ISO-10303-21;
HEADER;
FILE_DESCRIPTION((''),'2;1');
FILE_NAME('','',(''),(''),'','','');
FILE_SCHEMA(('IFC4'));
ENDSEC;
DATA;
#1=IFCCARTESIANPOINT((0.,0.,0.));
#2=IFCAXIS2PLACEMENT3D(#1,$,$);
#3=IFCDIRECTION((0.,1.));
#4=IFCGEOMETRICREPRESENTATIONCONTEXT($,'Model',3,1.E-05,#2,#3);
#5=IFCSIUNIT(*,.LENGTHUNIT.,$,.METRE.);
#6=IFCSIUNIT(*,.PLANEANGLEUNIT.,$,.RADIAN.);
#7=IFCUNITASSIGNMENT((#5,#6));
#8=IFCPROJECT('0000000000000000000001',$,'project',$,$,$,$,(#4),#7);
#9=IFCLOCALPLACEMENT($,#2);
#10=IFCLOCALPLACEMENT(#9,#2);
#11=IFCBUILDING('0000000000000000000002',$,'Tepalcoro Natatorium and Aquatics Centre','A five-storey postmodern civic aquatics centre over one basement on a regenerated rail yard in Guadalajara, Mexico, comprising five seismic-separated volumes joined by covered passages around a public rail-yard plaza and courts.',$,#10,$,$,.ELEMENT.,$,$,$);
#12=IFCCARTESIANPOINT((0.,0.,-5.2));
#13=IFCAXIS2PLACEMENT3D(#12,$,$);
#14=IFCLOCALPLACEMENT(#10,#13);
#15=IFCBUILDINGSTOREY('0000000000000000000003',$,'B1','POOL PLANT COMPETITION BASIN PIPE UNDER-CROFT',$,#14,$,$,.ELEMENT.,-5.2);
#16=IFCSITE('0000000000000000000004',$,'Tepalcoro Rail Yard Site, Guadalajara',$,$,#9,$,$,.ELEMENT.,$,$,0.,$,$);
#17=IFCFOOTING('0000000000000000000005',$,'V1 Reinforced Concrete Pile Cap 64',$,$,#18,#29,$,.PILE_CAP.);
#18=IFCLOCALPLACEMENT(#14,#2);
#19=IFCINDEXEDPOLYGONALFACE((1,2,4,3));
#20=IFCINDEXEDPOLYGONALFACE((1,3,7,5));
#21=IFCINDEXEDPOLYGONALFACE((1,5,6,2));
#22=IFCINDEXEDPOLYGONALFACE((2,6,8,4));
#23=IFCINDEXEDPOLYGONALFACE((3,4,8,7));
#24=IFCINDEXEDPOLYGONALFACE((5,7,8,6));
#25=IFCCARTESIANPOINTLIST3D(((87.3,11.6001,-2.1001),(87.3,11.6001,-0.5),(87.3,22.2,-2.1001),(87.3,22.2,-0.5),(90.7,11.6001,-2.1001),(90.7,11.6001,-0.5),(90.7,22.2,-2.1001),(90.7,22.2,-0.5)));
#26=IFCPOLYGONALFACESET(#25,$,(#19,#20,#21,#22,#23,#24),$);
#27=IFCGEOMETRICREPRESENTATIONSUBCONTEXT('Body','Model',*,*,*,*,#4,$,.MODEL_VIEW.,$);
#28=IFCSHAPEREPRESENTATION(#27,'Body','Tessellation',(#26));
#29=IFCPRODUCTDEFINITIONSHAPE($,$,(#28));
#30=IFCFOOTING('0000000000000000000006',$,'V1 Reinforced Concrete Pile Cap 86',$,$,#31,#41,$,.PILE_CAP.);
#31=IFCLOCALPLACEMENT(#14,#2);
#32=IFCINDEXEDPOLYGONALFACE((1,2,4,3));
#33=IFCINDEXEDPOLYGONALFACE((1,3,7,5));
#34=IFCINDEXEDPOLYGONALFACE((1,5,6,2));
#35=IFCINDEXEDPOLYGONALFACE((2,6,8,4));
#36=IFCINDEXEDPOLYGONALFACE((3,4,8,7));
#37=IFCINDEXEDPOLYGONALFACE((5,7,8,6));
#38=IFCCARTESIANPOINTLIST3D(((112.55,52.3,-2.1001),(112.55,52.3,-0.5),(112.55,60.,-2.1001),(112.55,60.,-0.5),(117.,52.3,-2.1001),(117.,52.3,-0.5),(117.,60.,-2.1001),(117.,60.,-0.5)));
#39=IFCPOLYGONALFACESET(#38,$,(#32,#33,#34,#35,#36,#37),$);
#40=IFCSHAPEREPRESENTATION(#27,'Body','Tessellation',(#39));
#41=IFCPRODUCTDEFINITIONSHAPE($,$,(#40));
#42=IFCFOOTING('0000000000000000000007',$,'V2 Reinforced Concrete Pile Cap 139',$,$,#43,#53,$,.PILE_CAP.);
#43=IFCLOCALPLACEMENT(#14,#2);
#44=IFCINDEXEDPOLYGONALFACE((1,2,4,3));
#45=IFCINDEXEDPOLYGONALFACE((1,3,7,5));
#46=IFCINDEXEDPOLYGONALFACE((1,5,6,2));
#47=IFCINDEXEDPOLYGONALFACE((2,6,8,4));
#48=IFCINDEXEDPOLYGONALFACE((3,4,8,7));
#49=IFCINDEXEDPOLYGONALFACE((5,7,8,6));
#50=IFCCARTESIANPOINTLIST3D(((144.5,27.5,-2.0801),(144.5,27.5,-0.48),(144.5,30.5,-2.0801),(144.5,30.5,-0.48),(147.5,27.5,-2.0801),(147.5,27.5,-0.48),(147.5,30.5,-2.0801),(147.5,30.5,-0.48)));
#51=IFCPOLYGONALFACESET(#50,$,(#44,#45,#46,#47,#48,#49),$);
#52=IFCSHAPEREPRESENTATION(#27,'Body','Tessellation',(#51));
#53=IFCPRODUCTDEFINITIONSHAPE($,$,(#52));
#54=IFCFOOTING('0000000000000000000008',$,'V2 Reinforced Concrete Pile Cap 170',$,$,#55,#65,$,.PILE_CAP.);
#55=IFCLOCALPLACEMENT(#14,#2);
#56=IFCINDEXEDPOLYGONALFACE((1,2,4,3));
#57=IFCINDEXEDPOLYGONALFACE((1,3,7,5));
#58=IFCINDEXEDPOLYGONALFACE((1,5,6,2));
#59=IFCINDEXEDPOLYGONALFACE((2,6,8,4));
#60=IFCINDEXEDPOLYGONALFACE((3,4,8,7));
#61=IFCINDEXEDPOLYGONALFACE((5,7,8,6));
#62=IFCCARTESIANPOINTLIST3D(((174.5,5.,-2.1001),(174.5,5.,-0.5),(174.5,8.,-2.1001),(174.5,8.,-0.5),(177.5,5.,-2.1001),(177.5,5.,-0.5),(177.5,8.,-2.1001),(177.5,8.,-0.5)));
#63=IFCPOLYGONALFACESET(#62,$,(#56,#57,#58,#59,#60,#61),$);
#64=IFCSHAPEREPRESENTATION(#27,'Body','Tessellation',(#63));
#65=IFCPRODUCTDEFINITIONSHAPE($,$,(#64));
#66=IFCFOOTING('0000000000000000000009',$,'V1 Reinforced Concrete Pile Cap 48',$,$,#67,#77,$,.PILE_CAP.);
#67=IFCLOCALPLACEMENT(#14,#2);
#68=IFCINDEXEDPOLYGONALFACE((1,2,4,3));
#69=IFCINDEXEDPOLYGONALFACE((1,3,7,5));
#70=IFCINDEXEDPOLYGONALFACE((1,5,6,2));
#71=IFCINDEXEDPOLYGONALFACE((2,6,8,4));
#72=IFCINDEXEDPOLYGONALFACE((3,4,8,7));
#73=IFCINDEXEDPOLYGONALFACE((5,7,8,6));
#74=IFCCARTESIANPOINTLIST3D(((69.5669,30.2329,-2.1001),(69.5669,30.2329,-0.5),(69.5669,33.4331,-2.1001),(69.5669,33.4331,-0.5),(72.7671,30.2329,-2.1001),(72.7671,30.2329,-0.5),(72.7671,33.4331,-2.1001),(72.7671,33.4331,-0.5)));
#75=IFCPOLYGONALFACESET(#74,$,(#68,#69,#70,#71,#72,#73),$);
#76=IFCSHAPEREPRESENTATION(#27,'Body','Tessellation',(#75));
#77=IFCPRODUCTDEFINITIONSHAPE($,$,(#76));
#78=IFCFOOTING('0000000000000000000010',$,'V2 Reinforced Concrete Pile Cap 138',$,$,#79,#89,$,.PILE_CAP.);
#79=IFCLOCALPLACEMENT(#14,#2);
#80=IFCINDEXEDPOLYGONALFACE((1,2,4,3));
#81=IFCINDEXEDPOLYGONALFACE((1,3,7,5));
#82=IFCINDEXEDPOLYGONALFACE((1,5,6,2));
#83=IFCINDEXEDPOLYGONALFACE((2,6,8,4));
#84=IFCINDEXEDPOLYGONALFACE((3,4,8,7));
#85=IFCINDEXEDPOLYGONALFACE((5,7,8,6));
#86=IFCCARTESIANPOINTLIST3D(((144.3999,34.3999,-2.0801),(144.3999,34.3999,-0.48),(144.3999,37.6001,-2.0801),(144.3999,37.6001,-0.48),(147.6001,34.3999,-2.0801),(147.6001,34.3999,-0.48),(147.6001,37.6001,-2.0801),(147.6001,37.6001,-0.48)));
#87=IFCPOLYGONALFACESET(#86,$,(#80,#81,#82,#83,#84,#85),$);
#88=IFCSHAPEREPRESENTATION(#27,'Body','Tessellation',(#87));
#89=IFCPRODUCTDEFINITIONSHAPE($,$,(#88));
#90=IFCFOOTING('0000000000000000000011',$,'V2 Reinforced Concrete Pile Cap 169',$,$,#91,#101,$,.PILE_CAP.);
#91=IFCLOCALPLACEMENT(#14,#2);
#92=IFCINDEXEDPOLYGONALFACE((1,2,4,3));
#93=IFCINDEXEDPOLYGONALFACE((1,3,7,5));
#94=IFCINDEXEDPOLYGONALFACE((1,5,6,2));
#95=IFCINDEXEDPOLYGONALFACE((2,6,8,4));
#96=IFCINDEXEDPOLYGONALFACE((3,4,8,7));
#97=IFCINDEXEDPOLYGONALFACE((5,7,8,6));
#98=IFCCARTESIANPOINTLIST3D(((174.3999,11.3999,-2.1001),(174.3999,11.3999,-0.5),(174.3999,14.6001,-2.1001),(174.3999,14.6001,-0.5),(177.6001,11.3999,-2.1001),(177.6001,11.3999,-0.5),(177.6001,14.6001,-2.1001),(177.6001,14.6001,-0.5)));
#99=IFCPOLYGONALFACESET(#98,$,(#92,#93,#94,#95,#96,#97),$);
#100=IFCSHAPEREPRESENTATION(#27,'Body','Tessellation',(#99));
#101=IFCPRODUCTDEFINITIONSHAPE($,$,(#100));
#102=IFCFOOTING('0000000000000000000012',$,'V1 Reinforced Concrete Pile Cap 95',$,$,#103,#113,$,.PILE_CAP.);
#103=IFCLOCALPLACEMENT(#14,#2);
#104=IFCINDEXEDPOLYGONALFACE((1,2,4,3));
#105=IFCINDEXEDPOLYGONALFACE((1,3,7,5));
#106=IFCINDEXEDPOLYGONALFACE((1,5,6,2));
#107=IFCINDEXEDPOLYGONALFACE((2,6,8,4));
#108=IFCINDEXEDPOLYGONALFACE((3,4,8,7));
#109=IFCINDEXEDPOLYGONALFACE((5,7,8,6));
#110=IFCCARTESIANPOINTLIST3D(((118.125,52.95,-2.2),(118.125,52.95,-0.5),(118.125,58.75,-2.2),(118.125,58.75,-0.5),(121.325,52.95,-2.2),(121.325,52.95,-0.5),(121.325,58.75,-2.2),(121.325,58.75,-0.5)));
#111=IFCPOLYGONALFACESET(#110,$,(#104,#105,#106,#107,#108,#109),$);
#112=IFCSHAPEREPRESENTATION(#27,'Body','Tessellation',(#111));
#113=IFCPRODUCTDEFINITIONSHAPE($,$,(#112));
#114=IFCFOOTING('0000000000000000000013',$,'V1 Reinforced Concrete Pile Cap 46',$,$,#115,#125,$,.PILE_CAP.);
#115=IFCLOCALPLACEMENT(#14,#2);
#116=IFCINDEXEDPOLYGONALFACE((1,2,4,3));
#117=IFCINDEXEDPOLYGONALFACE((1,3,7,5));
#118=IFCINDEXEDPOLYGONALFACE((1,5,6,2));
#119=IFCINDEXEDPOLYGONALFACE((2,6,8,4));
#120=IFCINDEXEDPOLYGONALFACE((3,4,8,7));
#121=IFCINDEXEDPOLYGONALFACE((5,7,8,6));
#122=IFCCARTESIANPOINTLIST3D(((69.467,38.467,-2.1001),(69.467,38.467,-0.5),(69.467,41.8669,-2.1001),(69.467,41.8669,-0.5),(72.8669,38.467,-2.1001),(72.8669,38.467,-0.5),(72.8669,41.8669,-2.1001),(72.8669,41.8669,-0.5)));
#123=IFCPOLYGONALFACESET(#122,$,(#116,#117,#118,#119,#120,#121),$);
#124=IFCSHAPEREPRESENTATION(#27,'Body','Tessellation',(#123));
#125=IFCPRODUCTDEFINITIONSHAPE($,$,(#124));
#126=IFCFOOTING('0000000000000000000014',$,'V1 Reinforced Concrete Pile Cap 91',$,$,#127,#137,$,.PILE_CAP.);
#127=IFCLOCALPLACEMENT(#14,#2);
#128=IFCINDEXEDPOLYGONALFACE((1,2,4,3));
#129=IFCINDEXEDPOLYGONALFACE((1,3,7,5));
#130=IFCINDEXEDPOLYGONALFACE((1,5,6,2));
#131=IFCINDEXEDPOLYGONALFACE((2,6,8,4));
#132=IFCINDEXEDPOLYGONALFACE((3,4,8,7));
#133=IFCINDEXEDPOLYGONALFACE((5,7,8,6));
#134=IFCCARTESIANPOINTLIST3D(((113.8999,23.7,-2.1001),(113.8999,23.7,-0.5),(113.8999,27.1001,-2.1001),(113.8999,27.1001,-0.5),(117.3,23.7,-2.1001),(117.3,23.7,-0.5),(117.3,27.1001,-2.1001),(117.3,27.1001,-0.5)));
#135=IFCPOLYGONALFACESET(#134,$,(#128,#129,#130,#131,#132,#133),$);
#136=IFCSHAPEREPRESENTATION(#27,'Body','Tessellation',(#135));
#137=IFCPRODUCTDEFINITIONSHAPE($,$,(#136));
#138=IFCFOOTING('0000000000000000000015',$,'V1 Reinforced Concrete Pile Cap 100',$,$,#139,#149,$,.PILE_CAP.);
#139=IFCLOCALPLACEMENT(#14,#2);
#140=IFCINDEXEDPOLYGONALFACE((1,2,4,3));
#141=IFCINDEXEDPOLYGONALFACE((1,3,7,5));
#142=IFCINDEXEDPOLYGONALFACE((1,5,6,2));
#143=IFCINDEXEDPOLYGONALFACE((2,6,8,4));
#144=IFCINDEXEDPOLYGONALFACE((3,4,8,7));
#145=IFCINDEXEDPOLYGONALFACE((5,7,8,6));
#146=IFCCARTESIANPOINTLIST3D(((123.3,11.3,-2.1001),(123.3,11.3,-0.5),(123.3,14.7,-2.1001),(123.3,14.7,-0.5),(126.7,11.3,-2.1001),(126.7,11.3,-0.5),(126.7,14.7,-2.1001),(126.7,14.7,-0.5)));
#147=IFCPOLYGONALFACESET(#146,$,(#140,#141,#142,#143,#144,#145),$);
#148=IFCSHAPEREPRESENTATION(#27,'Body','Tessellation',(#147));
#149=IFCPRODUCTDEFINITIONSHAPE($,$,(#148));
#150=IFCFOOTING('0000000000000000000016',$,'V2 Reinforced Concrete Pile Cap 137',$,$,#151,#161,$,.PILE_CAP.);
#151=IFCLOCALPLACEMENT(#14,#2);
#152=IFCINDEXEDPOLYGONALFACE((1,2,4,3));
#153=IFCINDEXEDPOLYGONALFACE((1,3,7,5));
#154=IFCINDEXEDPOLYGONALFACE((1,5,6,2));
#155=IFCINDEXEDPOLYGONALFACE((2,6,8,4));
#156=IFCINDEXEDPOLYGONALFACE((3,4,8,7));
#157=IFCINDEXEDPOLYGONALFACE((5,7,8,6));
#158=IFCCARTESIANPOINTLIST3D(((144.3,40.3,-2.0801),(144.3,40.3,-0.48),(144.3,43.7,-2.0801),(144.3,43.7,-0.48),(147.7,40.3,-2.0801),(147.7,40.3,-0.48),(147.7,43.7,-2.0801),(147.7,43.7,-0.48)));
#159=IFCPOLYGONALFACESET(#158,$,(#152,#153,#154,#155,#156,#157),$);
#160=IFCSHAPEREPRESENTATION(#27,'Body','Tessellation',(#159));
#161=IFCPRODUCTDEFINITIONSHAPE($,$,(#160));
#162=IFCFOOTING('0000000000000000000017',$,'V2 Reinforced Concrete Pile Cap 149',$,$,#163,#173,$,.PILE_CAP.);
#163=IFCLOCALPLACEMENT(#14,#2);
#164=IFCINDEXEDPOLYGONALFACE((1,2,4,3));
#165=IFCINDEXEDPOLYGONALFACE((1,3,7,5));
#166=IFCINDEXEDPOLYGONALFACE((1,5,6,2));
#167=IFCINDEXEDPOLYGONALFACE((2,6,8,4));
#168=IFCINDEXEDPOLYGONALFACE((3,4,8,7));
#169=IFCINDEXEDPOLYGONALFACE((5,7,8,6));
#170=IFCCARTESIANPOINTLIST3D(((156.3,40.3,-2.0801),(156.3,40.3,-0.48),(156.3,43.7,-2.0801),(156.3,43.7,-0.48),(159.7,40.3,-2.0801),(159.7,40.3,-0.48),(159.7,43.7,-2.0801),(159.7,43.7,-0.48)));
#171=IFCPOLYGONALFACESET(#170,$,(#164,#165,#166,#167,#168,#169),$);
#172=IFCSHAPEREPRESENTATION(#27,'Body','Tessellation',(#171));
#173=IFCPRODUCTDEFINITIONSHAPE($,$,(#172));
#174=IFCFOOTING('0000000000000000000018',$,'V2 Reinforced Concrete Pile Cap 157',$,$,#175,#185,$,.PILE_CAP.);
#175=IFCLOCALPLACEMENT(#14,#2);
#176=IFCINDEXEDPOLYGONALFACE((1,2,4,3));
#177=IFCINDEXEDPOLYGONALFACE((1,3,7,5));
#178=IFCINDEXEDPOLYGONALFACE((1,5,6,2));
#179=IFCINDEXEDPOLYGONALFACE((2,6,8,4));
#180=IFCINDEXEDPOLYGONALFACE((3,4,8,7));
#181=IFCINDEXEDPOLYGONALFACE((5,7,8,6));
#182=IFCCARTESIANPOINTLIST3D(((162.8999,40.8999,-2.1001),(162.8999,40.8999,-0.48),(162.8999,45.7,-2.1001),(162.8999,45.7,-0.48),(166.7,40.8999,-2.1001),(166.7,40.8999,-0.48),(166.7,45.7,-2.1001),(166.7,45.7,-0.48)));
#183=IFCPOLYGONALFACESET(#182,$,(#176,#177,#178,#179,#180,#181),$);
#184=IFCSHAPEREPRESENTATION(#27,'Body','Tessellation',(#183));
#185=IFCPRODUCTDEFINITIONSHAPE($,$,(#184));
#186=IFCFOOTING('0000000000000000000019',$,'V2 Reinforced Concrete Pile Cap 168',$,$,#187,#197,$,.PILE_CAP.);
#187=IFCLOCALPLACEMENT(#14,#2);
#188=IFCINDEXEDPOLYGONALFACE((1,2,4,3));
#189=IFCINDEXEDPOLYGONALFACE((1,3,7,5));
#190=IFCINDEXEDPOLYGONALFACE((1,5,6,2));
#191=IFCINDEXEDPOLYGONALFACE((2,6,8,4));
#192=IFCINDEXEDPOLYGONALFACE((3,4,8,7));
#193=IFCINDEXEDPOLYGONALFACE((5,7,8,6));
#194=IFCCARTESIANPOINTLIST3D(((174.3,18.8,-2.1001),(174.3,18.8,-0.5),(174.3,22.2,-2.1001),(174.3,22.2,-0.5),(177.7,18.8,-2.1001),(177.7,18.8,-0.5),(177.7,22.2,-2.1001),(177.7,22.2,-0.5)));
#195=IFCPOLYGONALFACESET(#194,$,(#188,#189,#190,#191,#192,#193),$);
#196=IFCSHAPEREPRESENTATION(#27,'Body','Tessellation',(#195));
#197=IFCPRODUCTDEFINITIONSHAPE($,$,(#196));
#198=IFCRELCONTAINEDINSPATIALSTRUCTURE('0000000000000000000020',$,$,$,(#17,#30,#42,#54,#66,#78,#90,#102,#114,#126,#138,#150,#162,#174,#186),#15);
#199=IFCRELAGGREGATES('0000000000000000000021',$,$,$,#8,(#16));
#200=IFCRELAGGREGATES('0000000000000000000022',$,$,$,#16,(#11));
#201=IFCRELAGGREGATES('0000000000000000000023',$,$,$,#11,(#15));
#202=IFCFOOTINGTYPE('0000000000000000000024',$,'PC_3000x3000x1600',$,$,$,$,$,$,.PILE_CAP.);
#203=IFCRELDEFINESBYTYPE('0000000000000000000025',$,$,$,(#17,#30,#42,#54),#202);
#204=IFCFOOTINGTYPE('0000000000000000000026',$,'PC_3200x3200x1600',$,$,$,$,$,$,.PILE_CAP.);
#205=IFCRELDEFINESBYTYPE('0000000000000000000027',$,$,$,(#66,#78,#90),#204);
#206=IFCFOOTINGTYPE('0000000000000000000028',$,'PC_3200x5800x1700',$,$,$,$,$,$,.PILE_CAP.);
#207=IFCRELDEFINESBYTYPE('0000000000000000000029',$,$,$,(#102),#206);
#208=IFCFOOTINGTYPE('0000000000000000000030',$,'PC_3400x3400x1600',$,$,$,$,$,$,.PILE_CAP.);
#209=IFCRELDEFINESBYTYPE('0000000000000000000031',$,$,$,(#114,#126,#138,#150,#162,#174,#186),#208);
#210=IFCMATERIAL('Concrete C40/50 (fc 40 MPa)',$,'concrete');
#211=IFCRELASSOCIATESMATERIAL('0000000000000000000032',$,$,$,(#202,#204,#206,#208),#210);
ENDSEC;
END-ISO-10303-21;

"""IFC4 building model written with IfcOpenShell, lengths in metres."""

from ifc_helpers import new_model, si_unit, direction, frame, origin, place, context, subcontext, project, spatial, polyline, outline, extrude, material, type_object, element, save


model = new_model("IFC4")

# Units and contexts
model_context = context("Model", 3, precision=1e-05, world=origin(), true_north=direction((0.0, 1.0)))
body_context = subcontext(model_context, "Body", "Model", "MODEL_VIEW")
ifc_project = project(units=[si_unit("LENGTHUNIT", "METRE"), si_unit("PLANEANGLEUNIT", "RADIAN")], contexts=[model_context])

# Site, building, storey
site_placement = place(None, origin())
site = spatial("IfcSite", under=ifc_project, at=site_placement, Name="Tepalcoro Rail Yard Site, Guadalajara", CompositionType="ELEMENT", RefElevation=0.0)
building_placement = place(site_placement, origin())
building = spatial("IfcBuilding", under=site, at=building_placement, Name="Tepalcoro Natatorium and Aquatics Centre", Description="A five-storey postmodern civic aquatics centre over one basement on a regenerated rail yard in Guadalajara, Mexico, comprising five seismic-separated volumes joined by covered passages around a public rail-yard plaza and courts.", CompositionType="ELEMENT")
storey_placement = place(building_placement, frame((0.0, 0.0, -5.2)))
storey = spatial("IfcBuildingStorey", under=building, at=storey_placement, Name="B1", Description="POOL PLANT COMPETITION BASIN PIPE UNDER-CROFT", CompositionType="ELEMENT", Elevation=-5.2)

# Footings
ifc_material = material(Name="Concrete C40/50 (fc 40 MPa)", Category="concrete")
footing_type_1 = type_object("IfcFootingType", Name="PC_3000x3000x1600", PredefinedType="PILE_CAP", material=ifc_material)
footing_1_placement = place(storey_placement, frame((0.0, 0.0, -2.1001)))
element("IfcFooting", 1, at=footing_1_placement, inside=storey, type_object=footing_type_1, Name="V1 Reinforced Concrete Pile Cap 64", PredefinedType="PILE_CAP", context=body_context, shape_type="SweptSolid", body=[
    extrude(outline(polyline([(87.3, 11.6001), (90.7, 11.6001), (90.7, 22.2), (87.3, 22.2), (87.3, 11.6001)])), origin(), (0.0, 0.0, 1.0), 1.6001),
])
footing_2_placement = place(storey_placement, frame((0.0, 0.0, -2.1001)))
element("IfcFooting", 2, at=footing_2_placement, inside=storey, type_object=footing_type_1, Name="V1 Reinforced Concrete Pile Cap 86", PredefinedType="PILE_CAP", context=body_context, shape_type="SweptSolid", body=[
    extrude(outline(polyline([(112.55, 52.3), (117.0, 52.3), (117.0, 60.0), (112.55, 60.0), (112.55, 52.3)])), origin(), (0.0, 0.0, 1.0), 1.6001),
])
footing_3_placement = place(storey_placement, frame((0.0, 0.0, -2.0801)))
element("IfcFooting", 3, at=footing_3_placement, inside=storey, type_object=footing_type_1, Name="V2 Reinforced Concrete Pile Cap 139", PredefinedType="PILE_CAP", context=body_context, shape_type="SweptSolid", body=[
    extrude(outline(polyline([(144.5, 27.5), (147.5, 27.5), (147.5, 30.5), (144.5, 30.5), (144.5, 27.5)])), origin(), (0.0, 0.0, 1.0), 1.6001),
])
footing_4_placement = place(storey_placement, frame((0.0, 0.0, -2.1001)))
element("IfcFooting", 4, at=footing_4_placement, inside=storey, type_object=footing_type_1, Name="V2 Reinforced Concrete Pile Cap 170", PredefinedType="PILE_CAP", context=body_context, shape_type="SweptSolid", body=[
    extrude(outline(polyline([(174.5, 5.0), (177.5, 5.0), (177.5, 8.0), (174.5, 8.0), (174.5, 5.0)])), origin(), (0.0, 0.0, 1.0), 1.6001),
])
footing_type_2 = type_object("IfcFootingType", Name="PC_3200x3200x1600", PredefinedType="PILE_CAP", material=ifc_material)
footing_5_placement = place(storey_placement, frame((0.0, 0.0, -2.1001)))
element("IfcFooting", 5, at=footing_5_placement, inside=storey, type_object=footing_type_2, Name="V1 Reinforced Concrete Pile Cap 48", PredefinedType="PILE_CAP", context=body_context, shape_type="SweptSolid", body=[
    extrude(outline(polyline([(69.5669, 30.2329), (72.7671, 30.2329), (72.7671, 33.4331), (69.5669, 33.4331), (69.5669, 30.2329)])), origin(), (0.0, 0.0, 1.0), 1.6001),
])
footing_6_placement = place(storey_placement, frame((0.0, 0.0, -2.0801)))
element("IfcFooting", 6, at=footing_6_placement, inside=storey, type_object=footing_type_2, Name="V2 Reinforced Concrete Pile Cap 138", PredefinedType="PILE_CAP", context=body_context, shape_type="SweptSolid", body=[
    extrude(outline(polyline([(144.3999, 34.3999), (147.6001, 34.3999), (147.6001, 37.6001), (144.3999, 37.6001), (144.3999, 34.3999)])), origin(), (0.0, 0.0, 1.0), 1.6001),
])
footing_7_placement = place(storey_placement, frame((0.0, 0.0, -2.1001)))
element("IfcFooting", 7, at=footing_7_placement, inside=storey, type_object=footing_type_2, Name="V2 Reinforced Concrete Pile Cap 169", PredefinedType="PILE_CAP", context=body_context, shape_type="SweptSolid", body=[
    extrude(outline(polyline([(174.3999, 11.3999), (177.6001, 11.3999), (177.6001, 14.6001), (174.3999, 14.6001), (174.3999, 11.3999)])), origin(), (0.0, 0.0, 1.0), 1.6001),
])
footing_type_3 = type_object("IfcFootingType", Name="PC_3200x5800x1700", PredefinedType="PILE_CAP", material=ifc_material)
footing_8_placement = place(storey_placement, frame((0.0, 0.0, -2.2)))
element("IfcFooting", 8, at=footing_8_placement, inside=storey, type_object=footing_type_3, Name="V1 Reinforced Concrete Pile Cap 95", PredefinedType="PILE_CAP", context=body_context, shape_type="SweptSolid", body=[
    extrude(outline(polyline([(118.125, 52.95), (121.325, 52.95), (121.325, 58.75), (118.125, 58.75), (118.125, 52.95)])), origin(), (0.0, 0.0, 1.0), 1.7),
])
footing_type_4 = type_object("IfcFootingType", Name="PC_3400x3400x1600", PredefinedType="PILE_CAP", material=ifc_material)
footing_9_placement = place(storey_placement, frame((0.0, 0.0, -2.1001)))
element("IfcFooting", 9, at=footing_9_placement, inside=storey, type_object=footing_type_4, Name="V1 Reinforced Concrete Pile Cap 46", PredefinedType="PILE_CAP", context=body_context, shape_type="SweptSolid", body=[
    extrude(outline(polyline([(69.467, 38.467), (72.8669, 38.467), (72.8669, 41.8669), (69.467, 41.8669), (69.467, 38.467)])), origin(), (0.0, 0.0, 1.0), 1.6001),
])
footing_10_placement = place(storey_placement, frame((0.0, 0.0, -2.1001)))
element("IfcFooting", 10, at=footing_10_placement, inside=storey, type_object=footing_type_4, Name="V1 Reinforced Concrete Pile Cap 91", PredefinedType="PILE_CAP", context=body_context, shape_type="SweptSolid", body=[
    extrude(outline(polyline([(113.8999, 23.7), (117.3, 23.7), (117.3, 27.1001), (113.8999, 27.1001), (113.8999, 23.7)])), origin(), (0.0, 0.0, 1.0), 1.6001),
])
footing_11_placement = place(storey_placement, frame((0.0, 0.0, -2.1001)))
element("IfcFooting", 11, at=footing_11_placement, inside=storey, type_object=footing_type_4, Name="V1 Reinforced Concrete Pile Cap 100", PredefinedType="PILE_CAP", context=body_context, shape_type="SweptSolid", body=[
    extrude(outline(polyline([(123.3, 11.3), (126.7, 11.3), (126.7, 14.7), (123.3, 14.7), (123.3, 11.3)])), origin(), (0.0, 0.0, 1.0), 1.6001),
])
footing_12_placement = place(storey_placement, frame((0.0, 0.0, -2.0801)))
element("IfcFooting", 12, at=footing_12_placement, inside=storey, type_object=footing_type_4, Name="V2 Reinforced Concrete Pile Cap 137", PredefinedType="PILE_CAP", context=body_context, shape_type="SweptSolid", body=[
    extrude(outline(polyline([(144.3, 40.3), (147.7, 40.3), (147.7, 43.7), (144.3, 43.7), (144.3, 40.3)])), origin(), (0.0, 0.0, 1.0), 1.6001),
])
footing_13_placement = place(storey_placement, frame((0.0, 0.0, -2.0801)))
element("IfcFooting", 13, at=footing_13_placement, inside=storey, type_object=footing_type_4, Name="V2 Reinforced Concrete Pile Cap 149", PredefinedType="PILE_CAP", context=body_context, shape_type="SweptSolid", body=[
    extrude(outline(polyline([(156.3, 40.3), (159.7, 40.3), (159.7, 43.7), (156.3, 43.7), (156.3, 40.3)])), origin(), (0.0, 0.0, 1.0), 1.6001),
])
footing_14_placement = place(storey_placement, frame((0.0, 0.0, -2.1001)))
element("IfcFooting", 14, at=footing_14_placement, inside=storey, type_object=footing_type_4, Name="V2 Reinforced Concrete Pile Cap 157", PredefinedType="PILE_CAP", context=body_context, shape_type="SweptSolid", body=[
    extrude(outline(polyline([(162.8999, 40.8999), (166.7, 40.8999), (166.7, 45.7), (162.8999, 45.7), (162.8999, 40.8999)])), origin(), (0.0, 0.0, 1.0), 1.6201),
])
footing_15_placement = place(storey_placement, frame((0.0, 0.0, -2.1001)))
element("IfcFooting", 15, at=footing_15_placement, inside=storey, type_object=footing_type_4, Name="V2 Reinforced Concrete Pile Cap 168", PredefinedType="PILE_CAP", context=body_context, shape_type="SweptSolid", body=[
    extrude(outline(polyline([(174.3, 18.8), (177.7, 18.8), (177.7, 22.2), (174.3, 22.2), (174.3, 18.8)])), origin(), (0.0, 0.0, 1.0), 1.6001),
])

save(model, "model.ifc")
